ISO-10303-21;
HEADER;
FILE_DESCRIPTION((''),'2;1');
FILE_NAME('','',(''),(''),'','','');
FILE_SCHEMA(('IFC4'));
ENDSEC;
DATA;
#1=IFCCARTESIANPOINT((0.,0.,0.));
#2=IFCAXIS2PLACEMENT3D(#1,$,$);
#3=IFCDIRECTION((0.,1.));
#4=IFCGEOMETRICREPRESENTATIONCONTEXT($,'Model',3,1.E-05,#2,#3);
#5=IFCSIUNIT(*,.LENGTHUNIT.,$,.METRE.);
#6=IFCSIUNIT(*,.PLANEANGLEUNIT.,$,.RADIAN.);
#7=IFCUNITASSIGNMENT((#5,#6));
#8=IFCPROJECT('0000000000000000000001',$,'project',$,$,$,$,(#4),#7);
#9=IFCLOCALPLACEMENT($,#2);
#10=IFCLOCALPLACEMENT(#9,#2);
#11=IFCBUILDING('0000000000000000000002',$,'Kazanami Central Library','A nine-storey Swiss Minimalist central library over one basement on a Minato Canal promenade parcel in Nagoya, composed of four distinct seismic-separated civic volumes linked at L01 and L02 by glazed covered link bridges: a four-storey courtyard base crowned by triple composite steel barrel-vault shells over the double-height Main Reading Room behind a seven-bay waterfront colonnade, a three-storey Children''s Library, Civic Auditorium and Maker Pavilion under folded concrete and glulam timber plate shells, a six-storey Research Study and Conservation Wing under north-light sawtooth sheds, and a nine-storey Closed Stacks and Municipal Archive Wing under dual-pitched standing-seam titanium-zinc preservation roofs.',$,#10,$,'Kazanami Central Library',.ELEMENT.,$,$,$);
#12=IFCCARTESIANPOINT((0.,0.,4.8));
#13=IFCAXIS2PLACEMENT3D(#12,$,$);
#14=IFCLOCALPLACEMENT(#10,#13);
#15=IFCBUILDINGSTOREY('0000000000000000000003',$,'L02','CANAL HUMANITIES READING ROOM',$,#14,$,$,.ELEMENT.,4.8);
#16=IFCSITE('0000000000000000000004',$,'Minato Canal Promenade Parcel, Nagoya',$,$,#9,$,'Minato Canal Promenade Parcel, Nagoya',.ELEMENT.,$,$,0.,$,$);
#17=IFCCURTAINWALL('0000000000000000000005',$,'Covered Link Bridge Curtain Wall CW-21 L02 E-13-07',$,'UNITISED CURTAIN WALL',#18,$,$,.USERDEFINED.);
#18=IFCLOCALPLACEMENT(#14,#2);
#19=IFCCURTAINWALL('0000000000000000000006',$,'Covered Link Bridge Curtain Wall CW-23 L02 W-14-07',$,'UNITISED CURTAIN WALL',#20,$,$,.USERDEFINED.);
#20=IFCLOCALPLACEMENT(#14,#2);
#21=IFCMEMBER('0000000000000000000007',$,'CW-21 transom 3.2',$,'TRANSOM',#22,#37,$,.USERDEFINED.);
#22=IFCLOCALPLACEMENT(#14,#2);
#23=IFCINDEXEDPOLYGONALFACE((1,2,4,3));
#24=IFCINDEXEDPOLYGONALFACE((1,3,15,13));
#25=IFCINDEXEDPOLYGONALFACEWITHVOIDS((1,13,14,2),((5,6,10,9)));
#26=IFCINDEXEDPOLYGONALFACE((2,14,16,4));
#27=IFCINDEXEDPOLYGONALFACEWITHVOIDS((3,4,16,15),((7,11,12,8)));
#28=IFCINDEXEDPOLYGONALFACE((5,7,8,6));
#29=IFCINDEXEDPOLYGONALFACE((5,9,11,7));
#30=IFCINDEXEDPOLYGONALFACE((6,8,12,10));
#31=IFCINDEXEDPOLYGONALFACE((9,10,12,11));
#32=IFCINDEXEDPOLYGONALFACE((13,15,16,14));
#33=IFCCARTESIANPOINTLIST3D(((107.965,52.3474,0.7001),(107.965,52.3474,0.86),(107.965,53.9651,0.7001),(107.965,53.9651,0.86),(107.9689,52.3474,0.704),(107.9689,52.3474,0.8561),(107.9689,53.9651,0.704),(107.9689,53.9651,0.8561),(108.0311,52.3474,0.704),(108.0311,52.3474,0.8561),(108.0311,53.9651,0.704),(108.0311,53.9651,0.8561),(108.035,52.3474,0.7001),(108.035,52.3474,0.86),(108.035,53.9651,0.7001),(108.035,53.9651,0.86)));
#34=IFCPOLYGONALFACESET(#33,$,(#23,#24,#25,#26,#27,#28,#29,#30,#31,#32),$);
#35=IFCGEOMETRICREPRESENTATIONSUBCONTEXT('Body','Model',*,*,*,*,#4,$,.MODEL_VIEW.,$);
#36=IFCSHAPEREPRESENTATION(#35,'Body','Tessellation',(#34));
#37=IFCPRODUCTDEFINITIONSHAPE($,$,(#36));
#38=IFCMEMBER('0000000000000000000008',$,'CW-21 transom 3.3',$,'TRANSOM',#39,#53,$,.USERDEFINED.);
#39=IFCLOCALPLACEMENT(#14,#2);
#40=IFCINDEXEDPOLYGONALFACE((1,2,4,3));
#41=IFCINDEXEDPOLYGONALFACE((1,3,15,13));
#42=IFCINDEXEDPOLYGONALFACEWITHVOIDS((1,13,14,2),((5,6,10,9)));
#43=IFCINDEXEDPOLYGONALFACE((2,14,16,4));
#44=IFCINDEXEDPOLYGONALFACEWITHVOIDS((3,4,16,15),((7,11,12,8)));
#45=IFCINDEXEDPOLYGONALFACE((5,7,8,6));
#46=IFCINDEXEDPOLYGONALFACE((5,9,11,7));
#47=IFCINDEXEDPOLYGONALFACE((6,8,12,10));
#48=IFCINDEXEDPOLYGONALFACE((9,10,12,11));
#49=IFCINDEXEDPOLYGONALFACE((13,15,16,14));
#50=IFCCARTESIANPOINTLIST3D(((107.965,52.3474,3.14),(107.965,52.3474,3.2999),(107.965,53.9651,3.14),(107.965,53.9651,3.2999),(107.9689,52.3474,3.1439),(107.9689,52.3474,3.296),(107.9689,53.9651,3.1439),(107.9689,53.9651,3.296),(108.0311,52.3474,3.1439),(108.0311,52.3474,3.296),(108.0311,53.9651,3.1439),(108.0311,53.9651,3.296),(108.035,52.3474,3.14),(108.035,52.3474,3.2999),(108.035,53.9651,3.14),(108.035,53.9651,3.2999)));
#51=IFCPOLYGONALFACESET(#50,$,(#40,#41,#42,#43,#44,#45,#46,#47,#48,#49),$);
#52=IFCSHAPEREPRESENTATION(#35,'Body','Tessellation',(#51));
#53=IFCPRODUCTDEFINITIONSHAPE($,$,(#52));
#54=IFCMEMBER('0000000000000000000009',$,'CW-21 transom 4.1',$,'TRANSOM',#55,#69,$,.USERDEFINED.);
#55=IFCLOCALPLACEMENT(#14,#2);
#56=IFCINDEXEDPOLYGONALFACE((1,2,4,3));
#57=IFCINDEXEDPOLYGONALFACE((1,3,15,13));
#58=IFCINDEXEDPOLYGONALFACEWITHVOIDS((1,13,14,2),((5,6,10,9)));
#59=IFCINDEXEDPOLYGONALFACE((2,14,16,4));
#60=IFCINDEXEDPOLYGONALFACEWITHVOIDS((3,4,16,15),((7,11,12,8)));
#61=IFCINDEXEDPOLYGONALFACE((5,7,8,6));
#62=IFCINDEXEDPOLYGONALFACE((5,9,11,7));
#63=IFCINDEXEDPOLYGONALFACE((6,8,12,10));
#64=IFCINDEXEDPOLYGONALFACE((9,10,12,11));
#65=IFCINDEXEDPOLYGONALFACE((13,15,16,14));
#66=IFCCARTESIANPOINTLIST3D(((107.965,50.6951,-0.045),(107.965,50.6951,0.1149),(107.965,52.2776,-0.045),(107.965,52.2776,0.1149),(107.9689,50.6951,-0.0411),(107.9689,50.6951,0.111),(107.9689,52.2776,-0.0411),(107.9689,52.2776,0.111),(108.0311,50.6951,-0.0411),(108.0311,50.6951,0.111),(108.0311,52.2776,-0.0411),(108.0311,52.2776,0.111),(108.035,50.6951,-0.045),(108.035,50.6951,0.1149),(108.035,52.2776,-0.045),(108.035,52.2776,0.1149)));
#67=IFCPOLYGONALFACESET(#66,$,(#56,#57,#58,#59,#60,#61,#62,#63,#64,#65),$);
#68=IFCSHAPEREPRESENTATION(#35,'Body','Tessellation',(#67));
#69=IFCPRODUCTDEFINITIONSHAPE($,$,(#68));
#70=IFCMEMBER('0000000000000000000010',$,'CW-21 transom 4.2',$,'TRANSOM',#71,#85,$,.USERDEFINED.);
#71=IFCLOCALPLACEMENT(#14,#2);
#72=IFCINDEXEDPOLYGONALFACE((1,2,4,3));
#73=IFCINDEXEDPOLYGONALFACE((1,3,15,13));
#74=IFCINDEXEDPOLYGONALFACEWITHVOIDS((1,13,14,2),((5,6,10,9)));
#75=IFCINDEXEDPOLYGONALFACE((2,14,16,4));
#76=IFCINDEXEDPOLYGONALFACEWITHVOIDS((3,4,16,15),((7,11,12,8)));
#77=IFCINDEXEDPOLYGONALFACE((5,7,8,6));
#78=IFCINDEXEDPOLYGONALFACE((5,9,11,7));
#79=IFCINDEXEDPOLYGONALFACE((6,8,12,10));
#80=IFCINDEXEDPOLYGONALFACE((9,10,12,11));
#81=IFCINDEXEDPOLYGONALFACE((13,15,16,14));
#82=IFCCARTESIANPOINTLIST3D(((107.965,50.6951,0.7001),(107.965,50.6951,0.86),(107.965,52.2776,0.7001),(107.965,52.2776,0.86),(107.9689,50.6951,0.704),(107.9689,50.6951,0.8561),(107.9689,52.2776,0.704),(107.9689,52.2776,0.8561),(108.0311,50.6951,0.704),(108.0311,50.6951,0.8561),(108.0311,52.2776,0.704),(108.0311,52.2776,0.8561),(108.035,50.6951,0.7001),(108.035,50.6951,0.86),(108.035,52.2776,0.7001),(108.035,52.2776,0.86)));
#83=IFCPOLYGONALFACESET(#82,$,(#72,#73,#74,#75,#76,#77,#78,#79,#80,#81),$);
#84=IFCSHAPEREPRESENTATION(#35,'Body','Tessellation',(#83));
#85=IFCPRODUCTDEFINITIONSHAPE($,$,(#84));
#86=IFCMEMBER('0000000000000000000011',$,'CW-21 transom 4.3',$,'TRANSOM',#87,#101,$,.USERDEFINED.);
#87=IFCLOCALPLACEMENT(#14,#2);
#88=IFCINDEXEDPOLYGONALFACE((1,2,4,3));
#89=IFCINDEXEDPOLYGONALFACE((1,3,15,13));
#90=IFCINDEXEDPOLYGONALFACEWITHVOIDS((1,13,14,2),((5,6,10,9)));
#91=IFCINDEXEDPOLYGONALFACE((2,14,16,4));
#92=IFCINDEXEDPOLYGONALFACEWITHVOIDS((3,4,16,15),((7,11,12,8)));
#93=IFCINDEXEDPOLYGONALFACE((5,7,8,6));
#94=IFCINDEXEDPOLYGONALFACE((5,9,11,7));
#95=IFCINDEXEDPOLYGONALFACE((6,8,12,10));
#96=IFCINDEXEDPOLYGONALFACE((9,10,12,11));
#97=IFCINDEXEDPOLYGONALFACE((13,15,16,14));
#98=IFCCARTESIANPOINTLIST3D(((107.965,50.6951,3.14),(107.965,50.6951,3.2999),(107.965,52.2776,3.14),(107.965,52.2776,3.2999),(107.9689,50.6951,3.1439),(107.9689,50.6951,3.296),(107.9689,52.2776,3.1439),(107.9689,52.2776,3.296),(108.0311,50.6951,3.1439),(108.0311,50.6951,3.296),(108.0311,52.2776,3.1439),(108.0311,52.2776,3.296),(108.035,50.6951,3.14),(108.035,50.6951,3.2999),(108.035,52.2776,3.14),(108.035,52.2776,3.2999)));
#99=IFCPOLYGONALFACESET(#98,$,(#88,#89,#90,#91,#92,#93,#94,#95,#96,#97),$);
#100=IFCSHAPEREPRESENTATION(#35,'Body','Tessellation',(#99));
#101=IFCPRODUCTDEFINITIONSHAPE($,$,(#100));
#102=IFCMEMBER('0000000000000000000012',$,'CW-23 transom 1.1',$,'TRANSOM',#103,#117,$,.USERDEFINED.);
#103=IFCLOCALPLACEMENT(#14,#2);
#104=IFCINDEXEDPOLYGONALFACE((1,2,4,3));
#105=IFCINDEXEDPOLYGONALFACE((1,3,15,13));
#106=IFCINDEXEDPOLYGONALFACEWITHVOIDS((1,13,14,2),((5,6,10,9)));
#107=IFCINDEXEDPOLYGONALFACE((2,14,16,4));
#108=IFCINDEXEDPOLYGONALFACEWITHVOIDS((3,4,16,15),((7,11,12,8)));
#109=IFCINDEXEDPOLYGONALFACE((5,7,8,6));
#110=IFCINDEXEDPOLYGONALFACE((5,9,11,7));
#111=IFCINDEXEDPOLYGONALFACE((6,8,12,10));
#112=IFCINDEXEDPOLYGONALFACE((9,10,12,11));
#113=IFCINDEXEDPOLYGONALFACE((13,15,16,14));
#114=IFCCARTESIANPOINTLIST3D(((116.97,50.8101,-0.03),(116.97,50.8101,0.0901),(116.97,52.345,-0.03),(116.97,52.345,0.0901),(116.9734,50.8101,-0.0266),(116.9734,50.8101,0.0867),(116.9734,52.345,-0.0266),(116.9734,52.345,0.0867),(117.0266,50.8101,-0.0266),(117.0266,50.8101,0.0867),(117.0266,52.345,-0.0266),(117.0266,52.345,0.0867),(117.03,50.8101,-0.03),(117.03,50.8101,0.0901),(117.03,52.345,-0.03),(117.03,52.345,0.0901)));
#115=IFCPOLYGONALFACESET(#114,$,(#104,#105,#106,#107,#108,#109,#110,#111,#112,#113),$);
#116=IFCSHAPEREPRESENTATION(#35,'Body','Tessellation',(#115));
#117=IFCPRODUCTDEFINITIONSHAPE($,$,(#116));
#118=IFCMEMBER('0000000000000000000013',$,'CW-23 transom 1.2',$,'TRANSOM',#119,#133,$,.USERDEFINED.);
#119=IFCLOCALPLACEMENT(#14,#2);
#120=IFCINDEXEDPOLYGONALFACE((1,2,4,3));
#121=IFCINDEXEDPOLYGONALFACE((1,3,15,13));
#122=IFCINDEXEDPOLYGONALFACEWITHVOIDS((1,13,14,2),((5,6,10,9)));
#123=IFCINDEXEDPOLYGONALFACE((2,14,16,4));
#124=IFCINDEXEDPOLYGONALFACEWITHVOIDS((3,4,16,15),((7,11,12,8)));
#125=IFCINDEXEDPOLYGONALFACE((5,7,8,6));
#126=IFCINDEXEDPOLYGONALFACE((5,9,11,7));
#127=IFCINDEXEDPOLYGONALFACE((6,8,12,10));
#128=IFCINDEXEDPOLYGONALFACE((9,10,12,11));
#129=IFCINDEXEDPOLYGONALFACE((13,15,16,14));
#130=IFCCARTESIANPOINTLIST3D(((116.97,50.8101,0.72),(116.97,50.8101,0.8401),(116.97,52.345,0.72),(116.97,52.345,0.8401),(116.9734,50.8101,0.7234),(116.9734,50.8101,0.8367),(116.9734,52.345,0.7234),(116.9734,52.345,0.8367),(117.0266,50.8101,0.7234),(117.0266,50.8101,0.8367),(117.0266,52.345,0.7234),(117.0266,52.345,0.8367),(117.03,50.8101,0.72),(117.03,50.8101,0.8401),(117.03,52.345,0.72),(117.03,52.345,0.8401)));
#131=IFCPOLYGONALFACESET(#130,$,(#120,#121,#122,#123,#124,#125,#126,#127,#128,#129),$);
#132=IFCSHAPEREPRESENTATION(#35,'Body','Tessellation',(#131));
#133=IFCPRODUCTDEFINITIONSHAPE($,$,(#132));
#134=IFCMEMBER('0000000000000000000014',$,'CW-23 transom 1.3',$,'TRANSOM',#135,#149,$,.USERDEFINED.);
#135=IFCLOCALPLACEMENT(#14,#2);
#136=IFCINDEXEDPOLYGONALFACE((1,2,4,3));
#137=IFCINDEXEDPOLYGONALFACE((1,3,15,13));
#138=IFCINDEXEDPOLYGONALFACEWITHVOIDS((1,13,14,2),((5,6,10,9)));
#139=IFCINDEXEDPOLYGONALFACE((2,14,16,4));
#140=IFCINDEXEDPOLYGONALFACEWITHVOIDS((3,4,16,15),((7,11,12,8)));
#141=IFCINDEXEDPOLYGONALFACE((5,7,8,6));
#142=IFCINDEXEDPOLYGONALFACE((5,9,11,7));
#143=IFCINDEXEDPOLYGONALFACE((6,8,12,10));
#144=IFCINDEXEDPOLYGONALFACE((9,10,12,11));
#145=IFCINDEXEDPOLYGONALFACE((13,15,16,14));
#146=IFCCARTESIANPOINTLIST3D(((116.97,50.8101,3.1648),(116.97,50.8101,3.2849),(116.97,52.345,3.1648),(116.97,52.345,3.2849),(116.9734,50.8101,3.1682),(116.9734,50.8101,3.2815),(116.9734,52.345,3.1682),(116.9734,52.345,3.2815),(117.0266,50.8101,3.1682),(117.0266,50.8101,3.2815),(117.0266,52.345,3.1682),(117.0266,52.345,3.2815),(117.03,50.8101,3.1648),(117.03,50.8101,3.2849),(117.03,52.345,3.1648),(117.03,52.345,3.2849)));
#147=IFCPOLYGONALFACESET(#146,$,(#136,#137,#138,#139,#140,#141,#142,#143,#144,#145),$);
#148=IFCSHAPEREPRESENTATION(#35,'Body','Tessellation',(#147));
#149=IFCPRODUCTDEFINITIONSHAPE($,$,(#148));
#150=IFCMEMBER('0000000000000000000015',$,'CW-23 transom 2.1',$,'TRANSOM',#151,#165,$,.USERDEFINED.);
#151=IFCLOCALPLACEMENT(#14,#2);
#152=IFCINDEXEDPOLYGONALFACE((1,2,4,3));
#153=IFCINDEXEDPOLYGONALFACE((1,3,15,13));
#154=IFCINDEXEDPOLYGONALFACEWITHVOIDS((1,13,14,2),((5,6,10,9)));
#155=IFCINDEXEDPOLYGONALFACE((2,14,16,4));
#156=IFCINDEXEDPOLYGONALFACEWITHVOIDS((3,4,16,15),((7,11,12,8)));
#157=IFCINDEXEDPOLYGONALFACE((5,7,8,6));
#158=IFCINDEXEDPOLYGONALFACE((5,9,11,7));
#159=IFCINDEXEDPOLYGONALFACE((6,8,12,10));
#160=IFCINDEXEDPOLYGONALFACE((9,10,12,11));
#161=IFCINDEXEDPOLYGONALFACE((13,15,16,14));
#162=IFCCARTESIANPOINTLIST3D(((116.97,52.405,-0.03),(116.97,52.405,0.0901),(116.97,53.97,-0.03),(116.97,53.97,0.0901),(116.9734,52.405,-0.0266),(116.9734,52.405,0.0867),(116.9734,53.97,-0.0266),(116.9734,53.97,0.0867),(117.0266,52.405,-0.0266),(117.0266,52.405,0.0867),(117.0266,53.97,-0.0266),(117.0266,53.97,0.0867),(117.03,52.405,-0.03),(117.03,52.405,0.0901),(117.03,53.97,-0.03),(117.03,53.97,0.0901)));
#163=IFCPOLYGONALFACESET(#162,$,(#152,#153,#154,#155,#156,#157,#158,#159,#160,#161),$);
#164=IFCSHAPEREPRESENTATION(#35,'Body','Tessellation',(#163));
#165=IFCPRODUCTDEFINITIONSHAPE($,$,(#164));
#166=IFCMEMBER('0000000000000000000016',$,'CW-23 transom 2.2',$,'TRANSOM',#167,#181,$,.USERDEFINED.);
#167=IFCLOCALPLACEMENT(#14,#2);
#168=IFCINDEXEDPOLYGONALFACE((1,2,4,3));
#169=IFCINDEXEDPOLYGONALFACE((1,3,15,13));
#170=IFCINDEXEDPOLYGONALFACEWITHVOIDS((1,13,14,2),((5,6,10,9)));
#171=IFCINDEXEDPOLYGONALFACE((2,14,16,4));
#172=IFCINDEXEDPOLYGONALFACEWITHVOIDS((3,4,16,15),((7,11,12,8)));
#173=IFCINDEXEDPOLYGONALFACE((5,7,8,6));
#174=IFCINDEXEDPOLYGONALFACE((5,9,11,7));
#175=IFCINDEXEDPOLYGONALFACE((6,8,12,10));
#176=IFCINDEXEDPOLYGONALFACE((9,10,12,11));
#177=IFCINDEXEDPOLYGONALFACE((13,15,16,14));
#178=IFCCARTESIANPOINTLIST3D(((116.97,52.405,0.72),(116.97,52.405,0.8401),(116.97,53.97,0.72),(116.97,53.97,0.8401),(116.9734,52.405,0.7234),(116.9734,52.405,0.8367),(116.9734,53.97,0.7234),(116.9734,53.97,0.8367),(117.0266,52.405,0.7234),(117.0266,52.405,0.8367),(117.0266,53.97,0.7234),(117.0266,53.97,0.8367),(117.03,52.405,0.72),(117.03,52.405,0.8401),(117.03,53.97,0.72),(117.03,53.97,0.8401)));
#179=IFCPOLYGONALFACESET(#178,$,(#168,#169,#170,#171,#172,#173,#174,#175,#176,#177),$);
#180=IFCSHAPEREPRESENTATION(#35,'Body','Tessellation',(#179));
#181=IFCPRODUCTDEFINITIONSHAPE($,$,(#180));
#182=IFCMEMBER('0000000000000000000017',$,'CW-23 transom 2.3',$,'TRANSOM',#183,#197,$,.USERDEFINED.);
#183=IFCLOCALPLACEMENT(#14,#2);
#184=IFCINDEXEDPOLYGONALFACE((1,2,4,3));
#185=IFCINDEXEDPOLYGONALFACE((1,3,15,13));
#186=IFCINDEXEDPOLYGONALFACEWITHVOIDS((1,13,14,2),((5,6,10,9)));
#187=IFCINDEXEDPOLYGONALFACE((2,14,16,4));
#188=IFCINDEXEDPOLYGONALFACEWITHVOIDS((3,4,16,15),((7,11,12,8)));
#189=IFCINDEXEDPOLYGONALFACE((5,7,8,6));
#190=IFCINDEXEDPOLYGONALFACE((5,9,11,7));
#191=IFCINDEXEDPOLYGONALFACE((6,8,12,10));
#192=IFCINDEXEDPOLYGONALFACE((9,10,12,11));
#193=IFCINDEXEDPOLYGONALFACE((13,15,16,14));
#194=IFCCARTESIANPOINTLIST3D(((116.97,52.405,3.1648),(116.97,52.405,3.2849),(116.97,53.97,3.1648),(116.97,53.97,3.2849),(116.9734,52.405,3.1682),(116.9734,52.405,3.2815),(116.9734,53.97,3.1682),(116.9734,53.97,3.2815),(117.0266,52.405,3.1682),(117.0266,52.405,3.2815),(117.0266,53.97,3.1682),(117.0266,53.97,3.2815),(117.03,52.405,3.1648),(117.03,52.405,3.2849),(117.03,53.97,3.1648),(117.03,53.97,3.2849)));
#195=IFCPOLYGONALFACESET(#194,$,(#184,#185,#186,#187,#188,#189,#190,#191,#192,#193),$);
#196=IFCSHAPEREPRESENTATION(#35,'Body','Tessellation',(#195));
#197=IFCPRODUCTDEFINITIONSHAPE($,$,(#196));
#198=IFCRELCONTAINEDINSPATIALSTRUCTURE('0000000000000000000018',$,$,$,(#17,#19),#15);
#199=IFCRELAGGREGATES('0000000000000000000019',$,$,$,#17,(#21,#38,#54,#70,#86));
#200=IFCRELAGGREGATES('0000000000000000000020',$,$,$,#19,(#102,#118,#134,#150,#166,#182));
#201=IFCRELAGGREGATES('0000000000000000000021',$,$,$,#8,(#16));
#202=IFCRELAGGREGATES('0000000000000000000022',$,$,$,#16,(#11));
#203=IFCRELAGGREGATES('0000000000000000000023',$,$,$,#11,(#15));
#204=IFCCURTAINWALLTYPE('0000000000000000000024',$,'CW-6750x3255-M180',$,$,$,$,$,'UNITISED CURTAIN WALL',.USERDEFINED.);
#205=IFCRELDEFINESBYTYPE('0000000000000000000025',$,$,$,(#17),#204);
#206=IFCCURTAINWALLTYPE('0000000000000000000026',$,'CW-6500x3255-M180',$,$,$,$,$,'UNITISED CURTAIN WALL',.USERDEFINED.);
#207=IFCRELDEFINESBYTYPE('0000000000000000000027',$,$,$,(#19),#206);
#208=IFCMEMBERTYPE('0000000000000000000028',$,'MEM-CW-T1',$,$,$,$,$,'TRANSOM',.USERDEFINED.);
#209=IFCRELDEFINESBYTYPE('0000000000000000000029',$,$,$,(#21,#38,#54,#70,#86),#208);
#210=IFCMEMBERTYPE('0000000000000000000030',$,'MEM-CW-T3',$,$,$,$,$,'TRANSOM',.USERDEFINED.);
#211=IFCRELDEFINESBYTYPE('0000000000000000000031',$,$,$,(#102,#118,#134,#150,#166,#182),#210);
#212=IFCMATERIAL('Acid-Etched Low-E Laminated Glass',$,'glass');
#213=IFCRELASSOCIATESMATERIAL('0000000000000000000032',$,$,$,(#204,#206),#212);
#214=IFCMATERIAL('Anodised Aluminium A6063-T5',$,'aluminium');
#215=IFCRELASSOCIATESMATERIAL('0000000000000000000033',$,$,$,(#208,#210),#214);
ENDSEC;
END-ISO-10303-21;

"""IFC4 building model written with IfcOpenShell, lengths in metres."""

from ifc_helpers import new_model, si_unit, direction, frame, origin, origin_2d, place, context, subcontext, project, spatial, hollow_rectangle, extrude, material, material_profile, profile_set, type_object, element, aggregate, save


model = new_model("IFC4")

# Units and contexts
model_context = context("Model", 3, precision=1e-05, world=origin(), true_north=direction((0.0, 1.0)))
body_context = subcontext(model_context, "Body", "Model", "MODEL_VIEW")
ifc_project = project(units=[si_unit("LENGTHUNIT", "METRE"), si_unit("PLANEANGLEUNIT", "RADIAN")], contexts=[model_context])

# Site, building, storey
site_placement = place(None, origin())
site = spatial("IfcSite", under=ifc_project, at=site_placement, Name="Minato Canal Promenade Parcel, Nagoya", LongName="Minato Canal Promenade Parcel, Nagoya", CompositionType="ELEMENT", RefElevation=0.0)
building_placement = place(site_placement, origin())
building = spatial("IfcBuilding", under=site, at=building_placement, Name="Kazanami Central Library", Description="A nine-storey Swiss Minimalist central library over one basement on a Minato Canal promenade parcel in Nagoya, composed of four distinct seismic-separated civic volumes linked at L01 and L02 by glazed covered link bridges: a four-storey courtyard base crowned by triple composite steel barrel-vault shells over the double-height Main Reading Room behind a seven-bay waterfront colonnade, a three-storey Children's Library, Civic Auditorium and Maker Pavilion under folded concrete and glulam timber plate shells, a six-storey Research Study and Conservation Wing under north-light sawtooth sheds, and a nine-storey Closed Stacks and Municipal Archive Wing under dual-pitched standing-seam titanium-zinc preservation roofs.", LongName="Kazanami Central Library", CompositionType="ELEMENT")
storey_placement = place(building_placement, frame((0.0, 0.0, 4.8)))
storey = spatial("IfcBuildingStorey", under=building, at=storey_placement, Name="L02", Description="CANAL HUMANITIES READING ROOM", CompositionType="ELEMENT", Elevation=4.8)

# Curtain walls
ifc_material_1 = material(Name="Acid-Etched Low-E Laminated Glass", Category="glass")
curtain_wall_type_1 = type_object("IfcCurtainWallType", Name="CW-6750x3255-M180", ElementType="UNITISED CURTAIN WALL", PredefinedType="USERDEFINED", material=ifc_material_1)
curtain_wall_1_placement = place(storey_placement, origin())
curtain_wall_1 = element("IfcCurtainWall", 1, at=curtain_wall_1_placement, inside=storey, type_object=curtain_wall_type_1, Name="Covered Link Bridge Curtain Wall CW-21 L02 E-13-07", ObjectType="UNITISED CURTAIN WALL", PredefinedType="USERDEFINED")
ifc_material_2 = material(Name="Anodised Aluminium A6063-T5", Category="aluminium")
curtain_wall_type_2 = type_object("IfcCurtainWallType", Name="CW-6500x3255-M180", ElementType="UNITISED CURTAIN WALL", PredefinedType="USERDEFINED", material=ifc_material_1)
curtain_wall_2_placement = place(storey_placement, origin())
curtain_wall_2 = element("IfcCurtainWall", 2, at=curtain_wall_2_placement, inside=storey, type_object=curtain_wall_type_2, Name="Covered Link Bridge Curtain Wall CW-23 L02 W-14-07", ObjectType="UNITISED CURTAIN WALL", PredefinedType="USERDEFINED")

# Members
ifc_material_profile_1 = material_profile(ifc_material_2, hollow_rectangle(XDim=0.0701, YDim=0.1599, WallThickness=0.0039, at=origin_2d()), Name="ALU-TRAN-70x160x4")
ifc_profile_set_1 = profile_set([ifc_material_profile_1], Name="Anodised Aluminium A6063-T5")
member_type_1 = type_object("IfcMemberType", Name="MEM-CW-T1", ElementType="TRANSOM", PredefinedType="USERDEFINED", material=ifc_profile_set_1)
member_1_placement = place(storey_placement, frame((108.0, 53.9651, 0.78), z_axis=(0.0, -1.0, 0.0), x_axis=(1.0, 0.0, 0.0)))
member_1 = element("IfcMember", 3, at=member_1_placement, type_object=member_type_1, Name="CW-21 transom 3.2", ObjectType="TRANSOM", PredefinedType="USERDEFINED", context=body_context, shape_type="SweptSolid", body=[
    extrude(hollow_rectangle(XDim=0.0701, YDim=0.1599, WallThickness=0.0039, at=origin_2d()), origin(), (0.0, 0.0, 1.0), 1.6177),
])
member_2_placement = place(storey_placement, frame((108.0, 53.9651, 3.22), z_axis=(0.0, -1.0, 0.0), x_axis=(1.0, 0.0, 0.0)))
member_2 = element("IfcMember", 4, at=member_2_placement, type_object=member_type_1, Name="CW-21 transom 3.3", ObjectType="TRANSOM", PredefinedType="USERDEFINED", context=body_context, shape_type="SweptSolid", body=[
    extrude(hollow_rectangle(XDim=0.0701, YDim=0.1599, WallThickness=0.0039, at=origin_2d()), origin(), (0.0, 0.0, 1.0), 1.6177),
])
member_3_placement = place(storey_placement, frame((108.0, 52.2776, 0.0349), z_axis=(0.0, -1.0, 0.0), x_axis=(1.0, 0.0, 0.0)))
member_3 = element("IfcMember", 5, at=member_3_placement, type_object=member_type_1, Name="CW-21 transom 4.1", ObjectType="TRANSOM", PredefinedType="USERDEFINED", context=body_context, shape_type="SweptSolid", body=[
    extrude(hollow_rectangle(XDim=0.0701, YDim=0.1599, WallThickness=0.0039, at=origin_2d()), origin(), (0.0, 0.0, 1.0), 1.5825),
])
member_4_placement = place(storey_placement, frame((108.0, 52.2776, 0.78), z_axis=(0.0, -1.0, 0.0), x_axis=(1.0, 0.0, 0.0)))
member_4 = element("IfcMember", 6, at=member_4_placement, type_object=member_type_1, Name="CW-21 transom 4.2", ObjectType="TRANSOM", PredefinedType="USERDEFINED", context=body_context, shape_type="SweptSolid", body=[
    extrude(hollow_rectangle(XDim=0.0701, YDim=0.1599, WallThickness=0.0039, at=origin_2d()), origin(), (0.0, 0.0, 1.0), 1.5825),
])
member_5_placement = place(storey_placement, frame((108.0, 52.2776, 3.22), z_axis=(0.0, -1.0, 0.0), x_axis=(1.0, 0.0, 0.0)))
member_5 = element("IfcMember", 7, at=member_5_placement, type_object=member_type_1, Name="CW-21 transom 4.3", ObjectType="TRANSOM", PredefinedType="USERDEFINED", context=body_context, shape_type="SweptSolid", body=[
    extrude(hollow_rectangle(XDim=0.0701, YDim=0.1599, WallThickness=0.0039, at=origin_2d()), origin(), (0.0, 0.0, 1.0), 1.5825),
])
ifc_material_profile_2 = material_profile(ifc_material_2, hollow_rectangle(XDim=0.0601, YDim=0.1201, WallThickness=0.0034, at=origin_2d()), Name="ALU-TRAN-60x120x3.5")
ifc_profile_set_2 = profile_set([ifc_material_profile_2], Name="Anodised Aluminium A6063-T5")
member_type_2 = type_object("IfcMemberType", Name="MEM-CW-T3", ElementType="TRANSOM", PredefinedType="USERDEFINED", material=ifc_profile_set_2)
member_6_placement = place(storey_placement, frame((117.0, 50.8101, 0.03), z_axis=(0.0, 1.0, 0.0), x_axis=(-1.0, 0.0, 0.0)))
member_6 = element("IfcMember", 8, at=member_6_placement, type_object=member_type_2, Name="CW-23 transom 1.1", ObjectType="TRANSOM", PredefinedType="USERDEFINED", context=body_context, shape_type="SweptSolid", body=[
    extrude(hollow_rectangle(XDim=0.0601, YDim=0.1201, WallThickness=0.0034, at=origin_2d()), origin(), (0.0, 0.0, 1.0), 1.5349),
])
member_7_placement = place(storey_placement, frame((117.0, 50.8101, 0.78), z_axis=(0.0, 1.0, 0.0), x_axis=(-1.0, 0.0, 0.0)))
member_7 = element("IfcMember", 9, at=member_7_placement, type_object=member_type_2, Name="CW-23 transom 1.2", ObjectType="TRANSOM", PredefinedType="USERDEFINED", context=body_context, shape_type="SweptSolid", body=[
    extrude(hollow_rectangle(XDim=0.0601, YDim=0.1201, WallThickness=0.0034, at=origin_2d()), origin(), (0.0, 0.0, 1.0), 1.5349),
])
member_8_placement = place(storey_placement, frame((117.0, 50.8101, 3.2249), z_axis=(0.0, 1.0, 0.0), x_axis=(-1.0, 0.0, 0.0)))
member_8 = element("IfcMember", 10, at=member_8_placement, type_object=member_type_2, Name="CW-23 transom 1.3", ObjectType="TRANSOM", PredefinedType="USERDEFINED", context=body_context, shape_type="SweptSolid", body=[
    extrude(hollow_rectangle(XDim=0.0601, YDim=0.1201, WallThickness=0.0034, at=origin_2d()), origin(), (0.0, 0.0, 1.0), 1.5349),
])
member_9_placement = place(storey_placement, frame((117.0, 52.405, 0.03), z_axis=(0.0, 1.0, 0.0), x_axis=(-1.0, 0.0, 0.0)))
member_9 = element("IfcMember", 11, at=member_9_placement, type_object=member_type_2, Name="CW-23 transom 2.1", ObjectType="TRANSOM", PredefinedType="USERDEFINED", context=body_context, shape_type="SweptSolid", body=[
    extrude(hollow_rectangle(XDim=0.0601, YDim=0.1201, WallThickness=0.0034, at=origin_2d()), origin(), (0.0, 0.0, 1.0), 1.5649),
])
member_10_placement = place(storey_placement, frame((117.0, 52.405, 0.78), z_axis=(0.0, 1.0, 0.0), x_axis=(-1.0, 0.0, 0.0)))
member_10 = element("IfcMember", 12, at=member_10_placement, type_object=member_type_2, Name="CW-23 transom 2.2", ObjectType="TRANSOM", PredefinedType="USERDEFINED", context=body_context, shape_type="SweptSolid", body=[
    extrude(hollow_rectangle(XDim=0.0601, YDim=0.1201, WallThickness=0.0034, at=origin_2d()), origin(), (0.0, 0.0, 1.0), 1.5649),
])
member_11_placement = place(storey_placement, frame((117.0, 52.405, 3.2249), z_axis=(0.0, 1.0, 0.0), x_axis=(-1.0, 0.0, 0.0)))
member_11 = element("IfcMember", 13, at=member_11_placement, type_object=member_type_2, Name="CW-23 transom 2.3", ObjectType="TRANSOM", PredefinedType="USERDEFINED", context=body_context, shape_type="SweptSolid", body=[
    extrude(hollow_rectangle(XDim=0.0601, YDim=0.1201, WallThickness=0.0034, at=origin_2d()), origin(), (0.0, 0.0, 1.0), 1.5649),
])

aggregate(curtain_wall_1, [member_1, member_2, member_3, member_4, member_5])
aggregate(curtain_wall_2, [member_6, member_7, member_8, member_9, member_10, member_11])

save(model, "model.ifc")
